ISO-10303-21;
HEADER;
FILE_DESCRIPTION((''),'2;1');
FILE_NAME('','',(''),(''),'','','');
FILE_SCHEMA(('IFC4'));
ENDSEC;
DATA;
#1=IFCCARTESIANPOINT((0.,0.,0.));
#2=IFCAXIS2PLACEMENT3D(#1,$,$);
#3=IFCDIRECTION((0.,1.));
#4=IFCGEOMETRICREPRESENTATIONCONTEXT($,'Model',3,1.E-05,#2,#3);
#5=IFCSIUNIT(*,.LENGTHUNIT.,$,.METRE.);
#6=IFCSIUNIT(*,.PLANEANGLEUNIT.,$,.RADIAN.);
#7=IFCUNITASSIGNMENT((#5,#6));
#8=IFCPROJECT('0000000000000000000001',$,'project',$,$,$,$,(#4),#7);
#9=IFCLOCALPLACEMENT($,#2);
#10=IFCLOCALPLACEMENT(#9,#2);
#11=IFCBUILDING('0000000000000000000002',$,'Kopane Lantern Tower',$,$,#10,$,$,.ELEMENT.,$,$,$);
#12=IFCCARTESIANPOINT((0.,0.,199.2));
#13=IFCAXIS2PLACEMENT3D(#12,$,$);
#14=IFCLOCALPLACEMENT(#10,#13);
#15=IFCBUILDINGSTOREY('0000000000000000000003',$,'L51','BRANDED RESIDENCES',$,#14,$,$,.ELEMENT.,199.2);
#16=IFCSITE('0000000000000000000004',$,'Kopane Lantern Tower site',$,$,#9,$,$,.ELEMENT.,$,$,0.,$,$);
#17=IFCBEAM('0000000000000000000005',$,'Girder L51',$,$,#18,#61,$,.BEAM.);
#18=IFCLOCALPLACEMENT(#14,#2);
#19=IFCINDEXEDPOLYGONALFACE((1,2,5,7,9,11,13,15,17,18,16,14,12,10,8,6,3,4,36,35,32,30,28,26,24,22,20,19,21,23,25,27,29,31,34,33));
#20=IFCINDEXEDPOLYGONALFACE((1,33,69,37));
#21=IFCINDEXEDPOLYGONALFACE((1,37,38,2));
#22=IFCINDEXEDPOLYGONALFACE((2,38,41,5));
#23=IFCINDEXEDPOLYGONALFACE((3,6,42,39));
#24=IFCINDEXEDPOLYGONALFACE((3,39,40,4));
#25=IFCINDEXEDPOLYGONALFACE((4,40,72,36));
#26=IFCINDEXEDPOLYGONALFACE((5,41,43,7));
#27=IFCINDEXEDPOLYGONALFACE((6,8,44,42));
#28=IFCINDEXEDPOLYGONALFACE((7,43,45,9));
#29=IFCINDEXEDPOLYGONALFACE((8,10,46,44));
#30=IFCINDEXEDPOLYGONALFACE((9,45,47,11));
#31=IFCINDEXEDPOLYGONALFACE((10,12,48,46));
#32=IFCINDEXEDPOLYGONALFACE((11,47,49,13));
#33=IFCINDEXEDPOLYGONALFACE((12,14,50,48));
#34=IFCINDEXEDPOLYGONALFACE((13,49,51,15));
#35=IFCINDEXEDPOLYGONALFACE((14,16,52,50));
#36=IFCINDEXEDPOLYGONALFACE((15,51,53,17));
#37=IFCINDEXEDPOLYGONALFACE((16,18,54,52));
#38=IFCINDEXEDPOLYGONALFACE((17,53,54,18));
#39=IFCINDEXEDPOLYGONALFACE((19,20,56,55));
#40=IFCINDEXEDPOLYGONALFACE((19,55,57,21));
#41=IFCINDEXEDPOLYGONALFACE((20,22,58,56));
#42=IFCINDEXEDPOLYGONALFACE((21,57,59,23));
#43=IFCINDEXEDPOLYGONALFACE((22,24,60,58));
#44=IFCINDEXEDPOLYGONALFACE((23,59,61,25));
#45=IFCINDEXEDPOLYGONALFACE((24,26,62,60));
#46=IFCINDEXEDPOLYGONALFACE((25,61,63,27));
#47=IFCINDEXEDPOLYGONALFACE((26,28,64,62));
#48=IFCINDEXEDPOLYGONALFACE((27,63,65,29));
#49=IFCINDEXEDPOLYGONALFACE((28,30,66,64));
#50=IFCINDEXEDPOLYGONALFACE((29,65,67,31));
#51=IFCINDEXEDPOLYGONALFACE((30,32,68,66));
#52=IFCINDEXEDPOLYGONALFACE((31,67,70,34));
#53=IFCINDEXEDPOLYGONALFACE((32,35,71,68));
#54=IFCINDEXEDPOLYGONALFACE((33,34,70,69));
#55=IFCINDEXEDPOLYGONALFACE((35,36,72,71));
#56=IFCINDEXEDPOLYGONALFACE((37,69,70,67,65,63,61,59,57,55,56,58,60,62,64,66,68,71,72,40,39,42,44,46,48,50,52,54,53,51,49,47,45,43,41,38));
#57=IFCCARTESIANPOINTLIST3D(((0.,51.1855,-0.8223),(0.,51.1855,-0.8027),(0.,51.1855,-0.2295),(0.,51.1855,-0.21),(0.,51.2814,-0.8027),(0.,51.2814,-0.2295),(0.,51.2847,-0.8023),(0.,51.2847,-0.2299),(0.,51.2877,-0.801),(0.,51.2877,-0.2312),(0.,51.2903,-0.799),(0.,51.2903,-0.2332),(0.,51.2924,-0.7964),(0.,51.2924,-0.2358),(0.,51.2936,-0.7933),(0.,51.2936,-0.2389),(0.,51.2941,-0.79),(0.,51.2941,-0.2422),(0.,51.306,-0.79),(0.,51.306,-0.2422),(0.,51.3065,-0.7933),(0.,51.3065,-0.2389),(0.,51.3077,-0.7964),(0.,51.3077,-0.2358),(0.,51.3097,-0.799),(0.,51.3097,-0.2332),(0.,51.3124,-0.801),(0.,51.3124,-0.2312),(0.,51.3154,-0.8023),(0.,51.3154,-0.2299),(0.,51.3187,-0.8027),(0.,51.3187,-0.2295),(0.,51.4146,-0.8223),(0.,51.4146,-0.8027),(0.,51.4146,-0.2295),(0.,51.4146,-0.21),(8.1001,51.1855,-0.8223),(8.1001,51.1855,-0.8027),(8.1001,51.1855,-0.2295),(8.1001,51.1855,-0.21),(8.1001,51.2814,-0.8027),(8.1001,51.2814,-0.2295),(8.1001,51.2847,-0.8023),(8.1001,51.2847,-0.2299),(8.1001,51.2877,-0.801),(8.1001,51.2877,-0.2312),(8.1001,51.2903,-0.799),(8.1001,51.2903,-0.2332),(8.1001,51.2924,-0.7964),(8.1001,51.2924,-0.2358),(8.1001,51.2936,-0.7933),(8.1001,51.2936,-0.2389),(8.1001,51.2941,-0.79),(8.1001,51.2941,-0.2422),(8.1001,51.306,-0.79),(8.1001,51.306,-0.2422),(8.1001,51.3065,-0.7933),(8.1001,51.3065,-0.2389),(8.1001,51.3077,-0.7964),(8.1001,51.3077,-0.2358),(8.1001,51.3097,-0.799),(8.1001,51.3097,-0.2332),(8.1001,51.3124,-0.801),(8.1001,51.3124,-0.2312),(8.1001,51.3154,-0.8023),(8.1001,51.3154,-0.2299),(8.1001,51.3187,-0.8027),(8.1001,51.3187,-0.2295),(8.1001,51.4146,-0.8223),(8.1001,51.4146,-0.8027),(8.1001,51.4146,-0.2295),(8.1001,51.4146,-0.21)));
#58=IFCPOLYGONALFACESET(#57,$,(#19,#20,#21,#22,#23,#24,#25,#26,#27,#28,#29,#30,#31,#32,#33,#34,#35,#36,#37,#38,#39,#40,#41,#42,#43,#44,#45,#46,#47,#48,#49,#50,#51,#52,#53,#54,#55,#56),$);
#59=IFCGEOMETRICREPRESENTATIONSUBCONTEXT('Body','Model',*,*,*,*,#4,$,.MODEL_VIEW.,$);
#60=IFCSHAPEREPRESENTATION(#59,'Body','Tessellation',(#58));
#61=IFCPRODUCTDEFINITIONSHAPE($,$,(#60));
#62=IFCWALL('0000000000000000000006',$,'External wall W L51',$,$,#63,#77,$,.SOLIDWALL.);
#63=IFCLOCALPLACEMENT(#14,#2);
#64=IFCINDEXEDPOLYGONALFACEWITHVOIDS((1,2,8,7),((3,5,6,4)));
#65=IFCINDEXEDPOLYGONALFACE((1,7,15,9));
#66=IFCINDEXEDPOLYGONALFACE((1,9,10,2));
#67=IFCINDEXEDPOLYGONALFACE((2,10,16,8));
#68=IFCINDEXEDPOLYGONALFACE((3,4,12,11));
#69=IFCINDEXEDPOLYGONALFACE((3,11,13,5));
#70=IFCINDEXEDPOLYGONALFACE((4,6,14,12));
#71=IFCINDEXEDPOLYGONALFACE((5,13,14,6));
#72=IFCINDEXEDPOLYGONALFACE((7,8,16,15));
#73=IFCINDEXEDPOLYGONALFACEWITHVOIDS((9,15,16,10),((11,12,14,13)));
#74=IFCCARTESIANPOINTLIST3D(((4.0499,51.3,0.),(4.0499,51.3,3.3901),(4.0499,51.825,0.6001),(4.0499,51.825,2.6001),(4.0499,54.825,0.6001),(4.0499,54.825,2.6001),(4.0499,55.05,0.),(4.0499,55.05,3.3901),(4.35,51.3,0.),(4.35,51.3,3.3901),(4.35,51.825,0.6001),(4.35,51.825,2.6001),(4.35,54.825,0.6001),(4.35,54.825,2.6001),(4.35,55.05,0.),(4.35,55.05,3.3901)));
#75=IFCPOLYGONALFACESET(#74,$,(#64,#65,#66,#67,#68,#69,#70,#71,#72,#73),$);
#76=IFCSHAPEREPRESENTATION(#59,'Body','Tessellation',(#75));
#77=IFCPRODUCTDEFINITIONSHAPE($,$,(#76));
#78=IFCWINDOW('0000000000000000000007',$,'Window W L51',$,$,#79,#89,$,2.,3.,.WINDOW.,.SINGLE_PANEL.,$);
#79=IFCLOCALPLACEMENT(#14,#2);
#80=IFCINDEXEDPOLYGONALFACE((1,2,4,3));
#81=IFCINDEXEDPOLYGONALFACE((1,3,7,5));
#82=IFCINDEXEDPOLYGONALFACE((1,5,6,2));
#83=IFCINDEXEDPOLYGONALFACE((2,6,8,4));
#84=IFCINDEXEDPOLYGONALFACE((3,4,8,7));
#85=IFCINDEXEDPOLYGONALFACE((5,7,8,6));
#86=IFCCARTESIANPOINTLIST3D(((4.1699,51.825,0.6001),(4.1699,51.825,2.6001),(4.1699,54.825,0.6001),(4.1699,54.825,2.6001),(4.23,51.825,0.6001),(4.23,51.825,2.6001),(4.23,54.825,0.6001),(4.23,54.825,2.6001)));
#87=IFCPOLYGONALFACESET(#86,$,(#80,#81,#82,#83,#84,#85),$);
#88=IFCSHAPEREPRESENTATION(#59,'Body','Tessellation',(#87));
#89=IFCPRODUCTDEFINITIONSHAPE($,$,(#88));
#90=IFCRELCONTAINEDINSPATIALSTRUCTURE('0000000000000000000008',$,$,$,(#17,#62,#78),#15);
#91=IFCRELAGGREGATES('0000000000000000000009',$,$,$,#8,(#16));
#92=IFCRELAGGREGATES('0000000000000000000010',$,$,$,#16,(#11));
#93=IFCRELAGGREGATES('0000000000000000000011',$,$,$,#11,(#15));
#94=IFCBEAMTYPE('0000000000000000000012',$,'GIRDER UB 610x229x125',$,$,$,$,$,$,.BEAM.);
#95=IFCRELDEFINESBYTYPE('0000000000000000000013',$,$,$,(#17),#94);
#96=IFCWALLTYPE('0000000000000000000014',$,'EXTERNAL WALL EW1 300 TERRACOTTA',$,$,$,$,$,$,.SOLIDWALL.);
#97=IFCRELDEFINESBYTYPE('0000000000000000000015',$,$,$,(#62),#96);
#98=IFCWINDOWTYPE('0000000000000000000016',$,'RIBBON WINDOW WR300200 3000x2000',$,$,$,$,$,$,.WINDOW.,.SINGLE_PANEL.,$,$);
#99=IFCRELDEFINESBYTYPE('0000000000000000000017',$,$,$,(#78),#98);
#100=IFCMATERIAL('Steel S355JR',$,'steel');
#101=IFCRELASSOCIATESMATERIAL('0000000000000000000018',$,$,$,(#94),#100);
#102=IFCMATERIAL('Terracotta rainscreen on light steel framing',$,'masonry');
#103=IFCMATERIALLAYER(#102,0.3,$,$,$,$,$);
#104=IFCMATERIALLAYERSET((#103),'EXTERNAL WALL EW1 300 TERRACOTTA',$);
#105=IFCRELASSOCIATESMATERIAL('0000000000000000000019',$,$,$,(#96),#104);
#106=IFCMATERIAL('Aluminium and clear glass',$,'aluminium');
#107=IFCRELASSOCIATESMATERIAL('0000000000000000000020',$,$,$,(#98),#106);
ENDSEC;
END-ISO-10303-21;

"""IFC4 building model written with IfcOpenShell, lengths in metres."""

from ifc_helpers import new_model, si_unit, direction, frame, frame_2d, origin, origin_2d, place, context, subcontext, project, spatial, rectangle, i_section, extrude, material, layer, layer_set, material_profile, profile_set, type_object, element, fill, save


model = new_model("IFC4")

# Units and contexts
model_context = context("Model", 3, precision=1e-05, world=origin(), true_north=direction((0.0, 1.0)))
body_context = subcontext(model_context, "Body", "Model", "MODEL_VIEW")
ifc_project = project(units=[si_unit("LENGTHUNIT", "METRE"), si_unit("PLANEANGLEUNIT", "RADIAN")], contexts=[model_context])

# Site, building, storey
site_placement = place(None, origin())
site = spatial("IfcSite", under=ifc_project, at=site_placement, Name="Kopane Lantern Tower site", CompositionType="ELEMENT", RefElevation=0.0)
building_placement = place(site_placement, origin())
building = spatial("IfcBuilding", under=site, at=building_placement, Name="Kopane Lantern Tower", CompositionType="ELEMENT")
storey_placement = place(building_placement, frame((0.0, 0.0, 199.2)))
storey = spatial("IfcBuildingStorey", under=building, at=storey_placement, Name="L51", Description="BRANDED RESIDENCES", CompositionType="ELEMENT", Elevation=199.2)

# Beam
ifc_material_1 = material(Name="Steel S355JR", Category="steel")
ifc_material_profile_1 = material_profile(ifc_material_1, i_section(OverallWidth=0.229, OverallDepth=0.6123, WebThickness=0.012, FlangeThickness=0.0195, FilletRadius=0.0127, at=origin_2d()), Name="UB 610x229x125")
ifc_profile_set_1 = profile_set([ifc_material_profile_1], Name="Steel S355JR")
beam_type_1 = type_object("IfcBeamType", Name="GIRDER UB 610x229x125", PredefinedType="BEAM", material=ifc_profile_set_1)
beam_1_placement = place(storey_placement, frame((0.0, 51.3, -0.5161), z_axis=(1.0, 0.0, 0.0), x_axis=(0.0, 1.0, 0.0)))
element("IfcBeam", 1, at=beam_1_placement, inside=storey, type_object=beam_type_1, Name="Girder L51", PredefinedType="BEAM", context=body_context, shape_type="SweptSolid", body=[
    extrude(i_section(OverallWidth=0.229, OverallDepth=0.6123, WebThickness=0.012, FlangeThickness=0.0195, FilletRadius=0.0127, at=origin_2d()), origin(), (0.0, 0.0, 1.0), 8.1001),
])

# Wall, opening, window
ifc_material_2 = material(Name="Terracotta rainscreen on light steel framing", Category="masonry")
ifc_layer = layer(ifc_material_2, 0.3)
ifc_layer_set = layer_set([ifc_layer], Name="EXTERNAL WALL EW1 300 TERRACOTTA")
wall_type = type_object("IfcWallType", Name="EXTERNAL WALL EW1 300 TERRACOTTA", PredefinedType="SOLIDWALL", material=ifc_layer_set)
wall_placement = place(storey_placement, frame((4.2, 55.05, 0.0), z_axis=(0.0, 0.0, 1.0), x_axis=(0.0, -1.0, 0.0)))
wall = element("IfcWall", 2, at=wall_placement, inside=storey, type_object=wall_type, Name="External wall W L51", PredefinedType="SOLIDWALL", context=body_context, shape_type="SweptSolid", body=[
    extrude(rectangle(XDim=3.75, YDim=0.3, at=frame_2d((1.875, 0.0))), origin(), (0.0, 0.0, 1.0), 3.3901),
])
opening_placement = place(wall_placement, frame((0.2251, 0.0, 0.6001)))
opening = element("IfcOpeningElement", 3, at=opening_placement, cuts=wall, PredefinedType="OPENING", context=body_context, shape_type="SweptSolid", body=[
    extrude(rectangle(XDim=3.0, YDim=2.0, at=frame_2d((1.5, 1.0))), frame((0.0, 0.1599, 0.0), z_axis=(0.0, -1.0, 0.0), x_axis=(1.0, 0.0, 0.0)), (0.0, 0.0, 1.0), 0.3201),
])
ifc_material_3 = material(Name="Aluminium and clear glass", Category="aluminium")
window_type = type_object("IfcWindowType", Name="RIBBON WINDOW WR300200 3000x2000", PartitioningType="SINGLE_PANEL", PredefinedType="WINDOW", material=ifc_material_3)
window_placement = place(opening_placement, origin())
window = element("IfcWindow", 4, at=window_placement, inside=storey, type_object=window_type, Name="Window W L51", OverallHeight=2.0, OverallWidth=3.0, PartitioningType="SINGLE_PANEL", PredefinedType="WINDOW", context=body_context, shape_type="SweptSolid", body=[
    extrude(rectangle(XDim=3.0, YDim=2.0, at=frame_2d((1.5, 1.0))), frame((0.0, 0.03, 0.0), z_axis=(0.0, -1.0, 0.0), x_axis=(1.0, 0.0, 0.0)), (0.0, 0.0, 1.0), 0.0601),
])
fill(opening, window)

save(model, "model.ifc")
